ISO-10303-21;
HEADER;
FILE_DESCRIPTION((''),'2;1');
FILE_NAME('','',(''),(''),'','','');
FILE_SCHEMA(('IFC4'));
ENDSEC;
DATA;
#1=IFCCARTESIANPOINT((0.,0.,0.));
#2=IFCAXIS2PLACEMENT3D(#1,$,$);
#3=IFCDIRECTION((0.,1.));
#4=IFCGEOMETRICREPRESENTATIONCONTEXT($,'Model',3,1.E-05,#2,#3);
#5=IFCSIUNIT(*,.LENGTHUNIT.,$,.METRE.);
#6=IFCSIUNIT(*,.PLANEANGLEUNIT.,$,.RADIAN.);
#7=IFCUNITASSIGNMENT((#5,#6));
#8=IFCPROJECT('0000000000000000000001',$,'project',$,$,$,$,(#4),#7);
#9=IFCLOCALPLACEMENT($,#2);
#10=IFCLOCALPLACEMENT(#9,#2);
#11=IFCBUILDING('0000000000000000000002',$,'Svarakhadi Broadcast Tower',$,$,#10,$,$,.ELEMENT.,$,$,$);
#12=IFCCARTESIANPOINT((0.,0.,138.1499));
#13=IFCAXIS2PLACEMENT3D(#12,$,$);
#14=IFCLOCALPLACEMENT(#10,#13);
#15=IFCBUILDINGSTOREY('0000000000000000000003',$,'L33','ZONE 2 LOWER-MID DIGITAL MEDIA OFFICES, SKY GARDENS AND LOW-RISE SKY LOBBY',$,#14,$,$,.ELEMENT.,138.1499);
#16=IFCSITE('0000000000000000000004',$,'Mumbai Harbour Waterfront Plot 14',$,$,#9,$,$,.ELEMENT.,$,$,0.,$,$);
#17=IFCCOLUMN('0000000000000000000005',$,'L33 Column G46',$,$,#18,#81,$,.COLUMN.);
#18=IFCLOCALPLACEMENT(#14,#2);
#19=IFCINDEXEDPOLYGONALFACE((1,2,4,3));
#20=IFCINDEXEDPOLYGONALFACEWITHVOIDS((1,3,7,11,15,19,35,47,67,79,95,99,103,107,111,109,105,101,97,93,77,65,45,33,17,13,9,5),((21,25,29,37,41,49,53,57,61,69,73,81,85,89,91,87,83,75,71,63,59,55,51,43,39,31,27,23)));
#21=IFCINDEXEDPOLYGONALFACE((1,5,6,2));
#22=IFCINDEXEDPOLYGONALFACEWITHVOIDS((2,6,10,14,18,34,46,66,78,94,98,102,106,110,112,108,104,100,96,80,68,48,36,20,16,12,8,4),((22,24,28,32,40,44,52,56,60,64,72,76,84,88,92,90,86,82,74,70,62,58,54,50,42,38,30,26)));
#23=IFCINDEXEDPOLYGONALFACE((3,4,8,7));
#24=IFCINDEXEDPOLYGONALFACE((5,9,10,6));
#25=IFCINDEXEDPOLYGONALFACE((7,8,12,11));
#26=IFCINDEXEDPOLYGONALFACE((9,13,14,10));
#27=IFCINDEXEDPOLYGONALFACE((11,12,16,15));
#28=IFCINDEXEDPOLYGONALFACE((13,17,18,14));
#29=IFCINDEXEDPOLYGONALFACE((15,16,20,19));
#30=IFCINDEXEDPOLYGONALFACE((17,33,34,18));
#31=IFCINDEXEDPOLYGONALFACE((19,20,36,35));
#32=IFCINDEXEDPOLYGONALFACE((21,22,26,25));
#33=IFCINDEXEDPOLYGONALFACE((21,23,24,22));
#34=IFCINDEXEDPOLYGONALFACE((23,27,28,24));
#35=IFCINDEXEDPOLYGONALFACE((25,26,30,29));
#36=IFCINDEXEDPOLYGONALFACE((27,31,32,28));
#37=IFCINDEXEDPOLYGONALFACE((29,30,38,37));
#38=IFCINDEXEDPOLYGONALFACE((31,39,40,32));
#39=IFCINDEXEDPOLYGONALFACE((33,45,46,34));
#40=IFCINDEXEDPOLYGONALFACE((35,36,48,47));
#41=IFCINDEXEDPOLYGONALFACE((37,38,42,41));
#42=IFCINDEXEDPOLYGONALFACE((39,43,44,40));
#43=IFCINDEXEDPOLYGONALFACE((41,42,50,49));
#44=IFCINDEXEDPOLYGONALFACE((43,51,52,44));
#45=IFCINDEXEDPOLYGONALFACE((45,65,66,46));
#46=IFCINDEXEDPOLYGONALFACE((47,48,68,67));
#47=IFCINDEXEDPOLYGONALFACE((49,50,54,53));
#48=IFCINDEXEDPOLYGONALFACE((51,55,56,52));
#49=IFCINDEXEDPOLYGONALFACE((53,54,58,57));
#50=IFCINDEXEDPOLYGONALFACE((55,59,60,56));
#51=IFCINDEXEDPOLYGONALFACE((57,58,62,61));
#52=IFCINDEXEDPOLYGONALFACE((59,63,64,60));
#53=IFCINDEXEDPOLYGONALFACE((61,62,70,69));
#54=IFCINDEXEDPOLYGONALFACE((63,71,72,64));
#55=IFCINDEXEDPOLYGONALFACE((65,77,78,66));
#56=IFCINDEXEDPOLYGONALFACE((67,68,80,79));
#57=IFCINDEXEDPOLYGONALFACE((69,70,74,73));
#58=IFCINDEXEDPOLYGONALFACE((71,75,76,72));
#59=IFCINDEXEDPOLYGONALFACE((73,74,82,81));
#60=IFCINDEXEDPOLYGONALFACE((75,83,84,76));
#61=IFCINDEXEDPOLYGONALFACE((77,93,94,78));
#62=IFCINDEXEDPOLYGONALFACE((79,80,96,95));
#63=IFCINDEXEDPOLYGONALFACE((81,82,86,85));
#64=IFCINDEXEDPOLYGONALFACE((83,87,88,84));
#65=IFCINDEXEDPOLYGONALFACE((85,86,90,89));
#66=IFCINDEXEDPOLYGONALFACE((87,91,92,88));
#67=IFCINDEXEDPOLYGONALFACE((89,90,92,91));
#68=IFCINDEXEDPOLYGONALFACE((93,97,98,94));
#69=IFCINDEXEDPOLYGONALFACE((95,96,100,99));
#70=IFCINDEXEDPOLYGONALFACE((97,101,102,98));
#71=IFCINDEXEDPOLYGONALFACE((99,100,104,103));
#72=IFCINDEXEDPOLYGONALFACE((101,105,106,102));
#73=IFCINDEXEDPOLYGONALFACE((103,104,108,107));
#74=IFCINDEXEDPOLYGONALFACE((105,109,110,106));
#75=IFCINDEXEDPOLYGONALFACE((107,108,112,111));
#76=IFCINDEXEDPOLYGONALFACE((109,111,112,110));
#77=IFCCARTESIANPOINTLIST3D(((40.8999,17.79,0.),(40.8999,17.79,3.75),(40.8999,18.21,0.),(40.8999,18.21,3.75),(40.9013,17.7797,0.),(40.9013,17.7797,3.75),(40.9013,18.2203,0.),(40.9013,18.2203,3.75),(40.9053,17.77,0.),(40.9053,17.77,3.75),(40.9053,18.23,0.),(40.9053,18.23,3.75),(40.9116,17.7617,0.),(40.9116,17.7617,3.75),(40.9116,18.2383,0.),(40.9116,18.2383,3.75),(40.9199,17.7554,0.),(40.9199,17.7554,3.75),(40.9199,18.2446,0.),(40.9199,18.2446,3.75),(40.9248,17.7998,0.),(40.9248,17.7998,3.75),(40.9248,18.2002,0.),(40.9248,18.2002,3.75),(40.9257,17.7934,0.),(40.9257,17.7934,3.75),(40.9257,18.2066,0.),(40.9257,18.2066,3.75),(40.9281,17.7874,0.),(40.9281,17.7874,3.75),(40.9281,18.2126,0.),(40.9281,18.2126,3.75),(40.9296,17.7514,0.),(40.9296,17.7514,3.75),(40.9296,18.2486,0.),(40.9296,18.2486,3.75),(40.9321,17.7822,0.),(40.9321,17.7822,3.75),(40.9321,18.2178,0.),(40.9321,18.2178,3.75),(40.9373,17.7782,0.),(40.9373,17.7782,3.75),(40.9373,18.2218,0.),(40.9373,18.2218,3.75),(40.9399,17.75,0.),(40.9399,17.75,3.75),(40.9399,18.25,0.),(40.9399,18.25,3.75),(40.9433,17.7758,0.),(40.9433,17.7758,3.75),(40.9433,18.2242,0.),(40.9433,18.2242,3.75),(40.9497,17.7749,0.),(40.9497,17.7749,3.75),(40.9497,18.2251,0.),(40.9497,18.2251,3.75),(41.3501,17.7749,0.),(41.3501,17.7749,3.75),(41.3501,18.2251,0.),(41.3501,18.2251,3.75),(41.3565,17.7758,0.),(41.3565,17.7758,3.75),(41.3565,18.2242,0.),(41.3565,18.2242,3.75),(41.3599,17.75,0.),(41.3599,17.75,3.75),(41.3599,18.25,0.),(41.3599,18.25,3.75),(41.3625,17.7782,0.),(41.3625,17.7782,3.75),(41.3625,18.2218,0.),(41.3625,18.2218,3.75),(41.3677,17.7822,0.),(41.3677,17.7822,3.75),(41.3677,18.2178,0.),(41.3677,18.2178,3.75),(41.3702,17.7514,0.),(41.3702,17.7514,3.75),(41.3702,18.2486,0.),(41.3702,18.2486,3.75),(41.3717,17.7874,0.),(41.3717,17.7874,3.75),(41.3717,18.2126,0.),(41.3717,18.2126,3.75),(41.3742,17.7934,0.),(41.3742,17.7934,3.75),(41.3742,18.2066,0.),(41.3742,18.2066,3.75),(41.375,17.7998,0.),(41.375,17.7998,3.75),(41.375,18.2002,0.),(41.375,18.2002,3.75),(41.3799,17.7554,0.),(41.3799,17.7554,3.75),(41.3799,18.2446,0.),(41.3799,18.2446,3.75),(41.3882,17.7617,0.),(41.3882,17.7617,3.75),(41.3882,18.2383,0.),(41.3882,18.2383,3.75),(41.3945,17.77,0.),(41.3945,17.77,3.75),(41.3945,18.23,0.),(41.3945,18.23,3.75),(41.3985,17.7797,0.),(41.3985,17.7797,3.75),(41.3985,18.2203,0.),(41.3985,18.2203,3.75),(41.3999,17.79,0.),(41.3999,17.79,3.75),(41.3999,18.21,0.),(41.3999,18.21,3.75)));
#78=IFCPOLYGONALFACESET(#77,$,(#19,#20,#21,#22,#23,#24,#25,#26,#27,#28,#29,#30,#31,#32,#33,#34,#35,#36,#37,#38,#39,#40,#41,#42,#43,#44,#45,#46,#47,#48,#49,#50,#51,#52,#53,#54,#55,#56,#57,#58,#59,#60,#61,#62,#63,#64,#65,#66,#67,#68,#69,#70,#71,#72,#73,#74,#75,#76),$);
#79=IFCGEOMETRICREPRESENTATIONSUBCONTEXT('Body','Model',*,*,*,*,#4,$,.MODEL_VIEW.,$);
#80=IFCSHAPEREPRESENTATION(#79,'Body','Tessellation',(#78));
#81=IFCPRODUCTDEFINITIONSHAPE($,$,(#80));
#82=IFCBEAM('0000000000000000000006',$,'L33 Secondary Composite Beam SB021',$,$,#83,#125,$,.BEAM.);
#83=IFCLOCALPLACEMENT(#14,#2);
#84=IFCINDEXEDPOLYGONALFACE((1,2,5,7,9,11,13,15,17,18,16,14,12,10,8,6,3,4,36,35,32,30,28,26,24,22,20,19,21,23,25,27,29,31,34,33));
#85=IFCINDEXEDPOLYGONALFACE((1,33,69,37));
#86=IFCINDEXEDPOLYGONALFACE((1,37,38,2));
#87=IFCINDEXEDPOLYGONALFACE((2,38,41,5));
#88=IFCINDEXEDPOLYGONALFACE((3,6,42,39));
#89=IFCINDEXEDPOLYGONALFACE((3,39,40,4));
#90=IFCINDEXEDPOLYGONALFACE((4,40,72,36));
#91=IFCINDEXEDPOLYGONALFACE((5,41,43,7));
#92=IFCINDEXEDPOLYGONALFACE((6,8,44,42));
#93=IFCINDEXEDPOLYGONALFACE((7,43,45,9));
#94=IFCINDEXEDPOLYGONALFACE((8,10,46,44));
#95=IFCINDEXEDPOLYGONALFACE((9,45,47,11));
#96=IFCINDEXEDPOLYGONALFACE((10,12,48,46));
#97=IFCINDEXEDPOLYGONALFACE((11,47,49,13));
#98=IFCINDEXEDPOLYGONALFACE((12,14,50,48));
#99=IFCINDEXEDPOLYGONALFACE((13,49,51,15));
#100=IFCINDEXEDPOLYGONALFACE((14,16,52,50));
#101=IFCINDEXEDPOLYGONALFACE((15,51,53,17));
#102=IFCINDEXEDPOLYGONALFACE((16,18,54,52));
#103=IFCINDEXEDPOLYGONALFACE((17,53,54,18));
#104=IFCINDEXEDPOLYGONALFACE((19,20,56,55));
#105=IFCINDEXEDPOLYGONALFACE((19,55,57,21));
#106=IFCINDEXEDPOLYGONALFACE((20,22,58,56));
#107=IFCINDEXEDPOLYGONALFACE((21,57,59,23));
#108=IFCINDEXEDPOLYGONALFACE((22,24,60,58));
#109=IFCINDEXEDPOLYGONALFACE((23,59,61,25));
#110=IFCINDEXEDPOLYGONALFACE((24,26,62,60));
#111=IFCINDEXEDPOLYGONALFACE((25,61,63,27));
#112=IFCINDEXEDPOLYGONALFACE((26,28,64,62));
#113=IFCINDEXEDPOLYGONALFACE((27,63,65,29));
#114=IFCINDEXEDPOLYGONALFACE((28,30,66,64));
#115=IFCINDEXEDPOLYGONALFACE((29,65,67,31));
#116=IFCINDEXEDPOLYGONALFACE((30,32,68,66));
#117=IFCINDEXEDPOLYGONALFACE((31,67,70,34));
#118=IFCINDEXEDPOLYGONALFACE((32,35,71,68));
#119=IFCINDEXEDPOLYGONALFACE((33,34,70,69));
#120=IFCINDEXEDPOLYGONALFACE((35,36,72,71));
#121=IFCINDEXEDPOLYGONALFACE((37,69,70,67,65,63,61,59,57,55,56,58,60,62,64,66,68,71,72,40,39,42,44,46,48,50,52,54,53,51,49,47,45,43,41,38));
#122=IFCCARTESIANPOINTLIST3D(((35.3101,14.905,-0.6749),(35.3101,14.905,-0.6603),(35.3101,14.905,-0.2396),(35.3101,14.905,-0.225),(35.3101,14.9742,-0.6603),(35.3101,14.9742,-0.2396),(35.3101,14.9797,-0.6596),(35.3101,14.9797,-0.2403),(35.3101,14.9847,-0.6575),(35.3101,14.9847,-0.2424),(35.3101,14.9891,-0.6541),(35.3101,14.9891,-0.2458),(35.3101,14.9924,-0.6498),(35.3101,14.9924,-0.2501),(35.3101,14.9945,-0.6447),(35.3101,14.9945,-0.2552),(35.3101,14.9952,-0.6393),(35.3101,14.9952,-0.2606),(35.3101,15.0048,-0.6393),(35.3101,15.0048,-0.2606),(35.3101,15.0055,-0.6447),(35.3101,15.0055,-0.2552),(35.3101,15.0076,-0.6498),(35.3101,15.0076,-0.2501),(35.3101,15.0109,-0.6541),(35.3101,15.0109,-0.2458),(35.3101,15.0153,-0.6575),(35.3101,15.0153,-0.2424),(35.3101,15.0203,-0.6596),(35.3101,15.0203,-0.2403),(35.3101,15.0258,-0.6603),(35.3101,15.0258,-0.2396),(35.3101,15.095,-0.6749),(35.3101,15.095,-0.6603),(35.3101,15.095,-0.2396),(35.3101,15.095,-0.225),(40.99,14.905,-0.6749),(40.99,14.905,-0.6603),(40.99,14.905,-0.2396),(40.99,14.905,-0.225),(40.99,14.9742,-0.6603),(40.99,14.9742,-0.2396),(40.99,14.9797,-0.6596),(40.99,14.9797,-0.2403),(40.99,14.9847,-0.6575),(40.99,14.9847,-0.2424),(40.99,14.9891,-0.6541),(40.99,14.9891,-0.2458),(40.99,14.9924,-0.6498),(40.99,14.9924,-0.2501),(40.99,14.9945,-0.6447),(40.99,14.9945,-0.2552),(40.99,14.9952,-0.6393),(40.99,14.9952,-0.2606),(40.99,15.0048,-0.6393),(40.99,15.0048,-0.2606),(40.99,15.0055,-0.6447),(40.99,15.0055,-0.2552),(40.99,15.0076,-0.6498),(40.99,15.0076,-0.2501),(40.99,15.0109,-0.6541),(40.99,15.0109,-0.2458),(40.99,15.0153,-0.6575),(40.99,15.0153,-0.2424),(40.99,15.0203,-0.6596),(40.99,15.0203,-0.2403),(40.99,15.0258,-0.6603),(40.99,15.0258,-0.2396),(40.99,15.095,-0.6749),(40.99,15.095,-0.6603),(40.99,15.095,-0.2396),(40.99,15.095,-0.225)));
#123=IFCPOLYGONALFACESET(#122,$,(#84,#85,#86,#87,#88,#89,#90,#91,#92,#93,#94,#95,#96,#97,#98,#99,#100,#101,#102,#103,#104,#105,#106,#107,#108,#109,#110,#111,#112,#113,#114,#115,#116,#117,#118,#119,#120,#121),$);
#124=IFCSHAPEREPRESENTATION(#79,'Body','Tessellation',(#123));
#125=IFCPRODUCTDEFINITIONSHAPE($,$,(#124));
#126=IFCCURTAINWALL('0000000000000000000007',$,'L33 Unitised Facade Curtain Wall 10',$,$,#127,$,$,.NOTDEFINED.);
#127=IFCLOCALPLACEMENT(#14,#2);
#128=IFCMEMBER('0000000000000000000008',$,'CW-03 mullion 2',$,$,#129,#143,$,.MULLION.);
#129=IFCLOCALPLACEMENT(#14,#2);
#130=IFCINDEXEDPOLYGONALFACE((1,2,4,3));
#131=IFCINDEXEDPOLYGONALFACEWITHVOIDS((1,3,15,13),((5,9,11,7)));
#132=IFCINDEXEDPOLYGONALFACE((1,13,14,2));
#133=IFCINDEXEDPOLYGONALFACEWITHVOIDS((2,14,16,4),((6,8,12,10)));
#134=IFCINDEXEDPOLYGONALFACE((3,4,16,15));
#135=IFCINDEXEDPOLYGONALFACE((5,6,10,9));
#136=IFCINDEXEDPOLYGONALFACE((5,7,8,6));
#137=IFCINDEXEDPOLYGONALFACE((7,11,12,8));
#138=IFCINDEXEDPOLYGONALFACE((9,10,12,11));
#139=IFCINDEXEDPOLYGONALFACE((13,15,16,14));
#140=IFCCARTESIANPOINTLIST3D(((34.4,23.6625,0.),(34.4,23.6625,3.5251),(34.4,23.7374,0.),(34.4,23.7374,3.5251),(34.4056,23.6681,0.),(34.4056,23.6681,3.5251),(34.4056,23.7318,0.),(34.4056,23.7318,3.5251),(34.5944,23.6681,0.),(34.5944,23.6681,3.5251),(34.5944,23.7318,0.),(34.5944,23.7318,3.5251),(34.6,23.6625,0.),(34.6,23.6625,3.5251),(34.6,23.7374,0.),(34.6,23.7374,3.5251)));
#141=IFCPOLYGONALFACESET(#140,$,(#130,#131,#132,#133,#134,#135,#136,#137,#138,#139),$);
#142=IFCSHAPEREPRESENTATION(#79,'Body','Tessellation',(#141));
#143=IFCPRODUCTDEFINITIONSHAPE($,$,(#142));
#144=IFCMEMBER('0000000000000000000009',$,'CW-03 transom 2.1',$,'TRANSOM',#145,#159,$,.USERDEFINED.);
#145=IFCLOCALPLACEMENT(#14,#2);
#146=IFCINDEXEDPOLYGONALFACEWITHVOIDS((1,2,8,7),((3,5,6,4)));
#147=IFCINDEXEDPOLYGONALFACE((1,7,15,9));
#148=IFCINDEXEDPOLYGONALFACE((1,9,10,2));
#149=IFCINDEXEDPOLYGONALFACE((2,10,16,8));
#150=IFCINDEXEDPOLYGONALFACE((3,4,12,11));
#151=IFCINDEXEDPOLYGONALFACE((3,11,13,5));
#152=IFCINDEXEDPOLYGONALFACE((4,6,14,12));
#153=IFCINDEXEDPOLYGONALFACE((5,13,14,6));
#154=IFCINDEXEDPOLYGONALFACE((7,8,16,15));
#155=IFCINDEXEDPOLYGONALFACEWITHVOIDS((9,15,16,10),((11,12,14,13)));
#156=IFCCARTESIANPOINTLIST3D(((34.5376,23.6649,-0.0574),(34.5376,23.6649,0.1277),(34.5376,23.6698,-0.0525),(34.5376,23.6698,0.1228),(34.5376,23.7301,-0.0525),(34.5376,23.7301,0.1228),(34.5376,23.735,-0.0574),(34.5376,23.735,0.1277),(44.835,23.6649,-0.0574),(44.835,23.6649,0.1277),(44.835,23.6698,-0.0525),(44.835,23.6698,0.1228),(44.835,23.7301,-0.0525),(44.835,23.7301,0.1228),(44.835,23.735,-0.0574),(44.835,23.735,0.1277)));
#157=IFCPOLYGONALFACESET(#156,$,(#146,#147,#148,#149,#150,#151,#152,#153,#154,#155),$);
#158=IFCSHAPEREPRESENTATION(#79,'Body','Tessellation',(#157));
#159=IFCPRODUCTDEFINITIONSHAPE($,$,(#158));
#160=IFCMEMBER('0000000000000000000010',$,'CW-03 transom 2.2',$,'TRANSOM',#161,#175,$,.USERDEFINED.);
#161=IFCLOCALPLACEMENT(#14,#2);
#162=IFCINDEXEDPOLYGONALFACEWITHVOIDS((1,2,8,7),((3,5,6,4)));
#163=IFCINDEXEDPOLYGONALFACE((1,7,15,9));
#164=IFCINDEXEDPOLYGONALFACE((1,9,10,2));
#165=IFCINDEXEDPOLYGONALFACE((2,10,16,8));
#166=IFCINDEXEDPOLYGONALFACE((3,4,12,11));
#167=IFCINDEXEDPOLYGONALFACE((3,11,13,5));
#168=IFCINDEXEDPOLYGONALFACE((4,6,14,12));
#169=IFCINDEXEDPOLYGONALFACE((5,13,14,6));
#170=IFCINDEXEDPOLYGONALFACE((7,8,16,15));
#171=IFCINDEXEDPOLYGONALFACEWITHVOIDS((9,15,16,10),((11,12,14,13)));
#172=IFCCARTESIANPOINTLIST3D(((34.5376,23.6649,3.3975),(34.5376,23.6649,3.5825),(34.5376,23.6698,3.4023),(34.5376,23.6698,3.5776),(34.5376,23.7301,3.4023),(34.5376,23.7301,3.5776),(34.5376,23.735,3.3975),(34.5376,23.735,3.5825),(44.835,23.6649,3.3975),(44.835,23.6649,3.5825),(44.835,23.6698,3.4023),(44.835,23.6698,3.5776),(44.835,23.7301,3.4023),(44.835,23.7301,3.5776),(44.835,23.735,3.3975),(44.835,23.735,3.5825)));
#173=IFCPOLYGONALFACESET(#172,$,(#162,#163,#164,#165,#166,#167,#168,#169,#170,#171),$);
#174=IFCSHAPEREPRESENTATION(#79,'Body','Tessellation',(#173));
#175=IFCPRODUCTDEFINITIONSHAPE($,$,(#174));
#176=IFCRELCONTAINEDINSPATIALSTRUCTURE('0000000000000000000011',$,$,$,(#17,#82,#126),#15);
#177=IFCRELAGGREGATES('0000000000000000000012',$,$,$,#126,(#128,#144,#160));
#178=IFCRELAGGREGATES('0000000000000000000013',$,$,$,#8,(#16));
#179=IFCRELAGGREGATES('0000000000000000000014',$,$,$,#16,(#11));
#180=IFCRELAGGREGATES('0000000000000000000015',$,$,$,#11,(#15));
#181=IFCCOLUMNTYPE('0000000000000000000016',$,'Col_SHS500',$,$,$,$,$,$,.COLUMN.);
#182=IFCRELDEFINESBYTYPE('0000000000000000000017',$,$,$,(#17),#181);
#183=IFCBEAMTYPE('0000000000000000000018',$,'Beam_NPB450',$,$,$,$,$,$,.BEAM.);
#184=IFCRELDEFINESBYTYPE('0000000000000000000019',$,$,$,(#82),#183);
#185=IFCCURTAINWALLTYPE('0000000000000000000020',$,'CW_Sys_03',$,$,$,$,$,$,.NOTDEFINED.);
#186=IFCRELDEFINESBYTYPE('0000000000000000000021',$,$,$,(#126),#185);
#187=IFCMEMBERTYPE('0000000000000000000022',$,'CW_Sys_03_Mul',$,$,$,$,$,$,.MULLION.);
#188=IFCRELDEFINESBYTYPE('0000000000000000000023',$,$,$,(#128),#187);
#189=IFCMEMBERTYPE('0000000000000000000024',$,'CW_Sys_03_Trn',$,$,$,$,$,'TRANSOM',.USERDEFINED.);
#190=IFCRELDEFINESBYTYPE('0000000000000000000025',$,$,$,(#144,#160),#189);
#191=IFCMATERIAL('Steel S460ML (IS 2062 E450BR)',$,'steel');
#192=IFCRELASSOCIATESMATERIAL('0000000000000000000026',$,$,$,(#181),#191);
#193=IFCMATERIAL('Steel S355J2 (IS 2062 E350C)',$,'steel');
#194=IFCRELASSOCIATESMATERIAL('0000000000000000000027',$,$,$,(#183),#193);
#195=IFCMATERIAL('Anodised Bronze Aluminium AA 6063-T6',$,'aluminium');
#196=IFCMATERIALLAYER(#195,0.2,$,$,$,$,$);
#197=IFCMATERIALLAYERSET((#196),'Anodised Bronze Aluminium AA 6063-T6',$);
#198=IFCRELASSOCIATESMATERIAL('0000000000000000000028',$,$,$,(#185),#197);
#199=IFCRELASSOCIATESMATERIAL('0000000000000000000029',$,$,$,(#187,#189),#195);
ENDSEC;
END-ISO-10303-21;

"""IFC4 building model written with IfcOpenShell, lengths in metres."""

from ifc_helpers import new_model, si_unit, direction, frame, origin, origin_2d, place, context, subcontext, project, spatial, hollow_rectangle, i_section, extrude, material, layer, layer_set, material_profile, profile_set, type_object, element, aggregate, save


model = new_model("IFC4")

# Units and contexts
model_context = context("Model", 3, precision=1e-05, world=origin(), true_north=direction((0.0, 1.0)))
body_context = subcontext(model_context, "Body", "Model", "MODEL_VIEW")
ifc_project = project(units=[si_unit("LENGTHUNIT", "METRE"), si_unit("PLANEANGLEUNIT", "RADIAN")], contexts=[model_context])

# Site, building, storey
site_placement = place(None, origin())
site = spatial("IfcSite", under=ifc_project, at=site_placement, Name="Mumbai Harbour Waterfront Plot 14", CompositionType="ELEMENT", RefElevation=0.0)
building_placement = place(site_placement, origin())
building = spatial("IfcBuilding", under=site, at=building_placement, Name="Svarakhadi Broadcast Tower", CompositionType="ELEMENT")
storey_placement = place(building_placement, frame((0.0, 0.0, 138.1499)))
storey = spatial("IfcBuildingStorey", under=building, at=storey_placement, Name="L33", Description="ZONE 2 LOWER-MID DIGITAL MEDIA OFFICES, SKY GARDENS AND LOW-RISE SKY LOBBY", CompositionType="ELEMENT", Elevation=138.1499)

# Column
ifc_material_1 = material(Name="Steel S460ML (IS 2062 E450BR)", Category="steel")
ifc_material_profile_1 = material_profile(ifc_material_1, hollow_rectangle(XDim=0.5, YDim=0.5, WallThickness=0.0249, InnerFilletRadius=0.0249, OuterFilletRadius=0.04, at=origin_2d()), Name="SHS 500x500x25")
ifc_profile_set_1 = profile_set([ifc_material_profile_1], Name="Steel S460ML (IS 2062 E450BR)")
column_type_1 = type_object("IfcColumnType", Name="Col_SHS500", PredefinedType="COLUMN", material=ifc_profile_set_1)
for number, where, z_axis, x_axis, name in (
    (1, (41.1499, 18.0, 0.0), (0.0, 0.0, 1.0), (1.0, 0.0, 0.0), "L33 Column G46"),
):
    element("IfcColumn", number, at=place(storey_placement, frame(where, z_axis=z_axis, x_axis=x_axis)), inside=storey, type_object=column_type_1, Name=name, PredefinedType="COLUMN", context=body_context, shape_type="SweptSolid", body=[
        extrude(hollow_rectangle(XDim=0.5, YDim=0.5, WallThickness=0.0249, InnerFilletRadius=0.0249, OuterFilletRadius=0.04, at=origin_2d()), origin(), (0.0, 0.0, 1.0), 3.75),
    ])

# Beam
ifc_material_2 = material(Name="Steel S355J2 (IS 2062 E350C)", Category="steel")
ifc_material_profile_2 = material_profile(ifc_material_2, i_section(OverallWidth=0.1899, OverallDepth=0.45, WebThickness=0.0095, FlangeThickness=0.0146, FilletRadius=0.021, at=origin_2d()), Name="NPB 450x190x78")
ifc_profile_set_2 = profile_set([ifc_material_profile_2], Name="Steel S355J2 (IS 2062 E350C)")
beam_type_1 = type_object("IfcBeamType", Name="Beam_NPB450", PredefinedType="BEAM", material=ifc_profile_set_2)
beam_1_placement = place(storey_placement, frame((35.3101, 15.0, -0.45), z_axis=(1.0, 0.0, 0.0), x_axis=(0.0, 1.0, 0.0)))
element("IfcBeam", 2, at=beam_1_placement, inside=storey, type_object=beam_type_1, Name="L33 Secondary Composite Beam SB021", PredefinedType="BEAM", context=body_context, shape_type="SweptSolid", body=[
    extrude(i_section(OverallWidth=0.1899, OverallDepth=0.45, WebThickness=0.0095, FlangeThickness=0.0146, FilletRadius=0.021, at=origin_2d()), origin(), (0.0, 0.0, 1.0), 5.6799),
])

# Curtain wall, members
ifc_material_3 = material(Name="Anodised Bronze Aluminium AA 6063-T6", Category="aluminium")
ifc_layer_1 = layer(ifc_material_3, 0.2)
ifc_layer_set_1 = layer_set([ifc_layer_1], Name="Anodised Bronze Aluminium AA 6063-T6")
curtain_wall_type = type_object("IfcCurtainWallType", Name="CW_Sys_03", PredefinedType="NOTDEFINED", material=ifc_layer_set_1)
curtain_wall_placement = place(storey_placement, origin())
curtain_wall = element("IfcCurtainWall", 3, at=curtain_wall_placement, inside=storey, type_object=curtain_wall_type, Name="L33 Unitised Facade Curtain Wall 10", PredefinedType="NOTDEFINED")
ifc_material_profile_3 = material_profile(ifc_material_3, hollow_rectangle(XDim=0.075, YDim=0.2, WallThickness=0.0056, at=origin_2d()), Name="ALU MULLION 200x75x6")
ifc_profile_set_3 = profile_set([ifc_material_profile_3], Name="Anodised Bronze Aluminium AA 6063-T6")
member_type_1 = type_object("IfcMemberType", Name="CW_Sys_03_Mul", PredefinedType="MULLION", material=ifc_profile_set_3)
member_1_placement = place(storey_placement, frame((34.5, 23.7, 0.0), z_axis=(0.0, 0.0, 1.0), x_axis=(0.0, 1.0, 0.0)))
member_1 = element("IfcMember", 4, at=member_1_placement, type_object=member_type_1, Name="CW-03 mullion 2", PredefinedType="MULLION", context=body_context, shape_type="SweptSolid", body=[
    extrude(hollow_rectangle(XDim=0.075, YDim=0.2, WallThickness=0.0056, at=origin_2d()), origin(), (0.0, 0.0, 1.0), 3.5251),
])
ifc_material_profile_4 = material_profile(ifc_material_3, hollow_rectangle(XDim=0.0701, YDim=0.1851, WallThickness=0.0049, at=origin_2d()), Name="ALU TRANSOM 185x70x5")
ifc_profile_set_4 = profile_set([ifc_material_profile_4], Name="Anodised Bronze Aluminium AA 6063-T6")
member_type_2 = type_object("IfcMemberType", Name="CW_Sys_03_Trn", ElementType="TRANSOM", PredefinedType="USERDEFINED", material=ifc_profile_set_4)
member_2_placement = place(storey_placement, frame((34.5376, 23.7, 0.0352), z_axis=(1.0, 0.0, 0.0), x_axis=(0.0, 1.0, 0.0)))
member_2 = element("IfcMember", 5, at=member_2_placement, type_object=member_type_2, Name="CW-03 transom 2.1", ObjectType="TRANSOM", PredefinedType="USERDEFINED", context=body_context, shape_type="SweptSolid", body=[
    extrude(hollow_rectangle(XDim=0.0701, YDim=0.1851, WallThickness=0.0049, at=origin_2d()), origin(), (0.0, 0.0, 1.0), 10.2974),
])
member_3_placement = place(storey_placement, frame((34.5376, 23.7, 3.49), z_axis=(1.0, 0.0, 0.0), x_axis=(0.0, 1.0, 0.0)))
member_3 = element("IfcMember", 6, at=member_3_placement, type_object=member_type_2, Name="CW-03 transom 2.2", ObjectType="TRANSOM", PredefinedType="USERDEFINED", context=body_context, shape_type="SweptSolid", body=[
    extrude(hollow_rectangle(XDim=0.0701, YDim=0.1851, WallThickness=0.0049, at=origin_2d()), origin(), (0.0, 0.0, 1.0), 10.2974),
])

aggregate(curtain_wall, [member_1, member_2, member_3])

save(model, "model.ifc")
